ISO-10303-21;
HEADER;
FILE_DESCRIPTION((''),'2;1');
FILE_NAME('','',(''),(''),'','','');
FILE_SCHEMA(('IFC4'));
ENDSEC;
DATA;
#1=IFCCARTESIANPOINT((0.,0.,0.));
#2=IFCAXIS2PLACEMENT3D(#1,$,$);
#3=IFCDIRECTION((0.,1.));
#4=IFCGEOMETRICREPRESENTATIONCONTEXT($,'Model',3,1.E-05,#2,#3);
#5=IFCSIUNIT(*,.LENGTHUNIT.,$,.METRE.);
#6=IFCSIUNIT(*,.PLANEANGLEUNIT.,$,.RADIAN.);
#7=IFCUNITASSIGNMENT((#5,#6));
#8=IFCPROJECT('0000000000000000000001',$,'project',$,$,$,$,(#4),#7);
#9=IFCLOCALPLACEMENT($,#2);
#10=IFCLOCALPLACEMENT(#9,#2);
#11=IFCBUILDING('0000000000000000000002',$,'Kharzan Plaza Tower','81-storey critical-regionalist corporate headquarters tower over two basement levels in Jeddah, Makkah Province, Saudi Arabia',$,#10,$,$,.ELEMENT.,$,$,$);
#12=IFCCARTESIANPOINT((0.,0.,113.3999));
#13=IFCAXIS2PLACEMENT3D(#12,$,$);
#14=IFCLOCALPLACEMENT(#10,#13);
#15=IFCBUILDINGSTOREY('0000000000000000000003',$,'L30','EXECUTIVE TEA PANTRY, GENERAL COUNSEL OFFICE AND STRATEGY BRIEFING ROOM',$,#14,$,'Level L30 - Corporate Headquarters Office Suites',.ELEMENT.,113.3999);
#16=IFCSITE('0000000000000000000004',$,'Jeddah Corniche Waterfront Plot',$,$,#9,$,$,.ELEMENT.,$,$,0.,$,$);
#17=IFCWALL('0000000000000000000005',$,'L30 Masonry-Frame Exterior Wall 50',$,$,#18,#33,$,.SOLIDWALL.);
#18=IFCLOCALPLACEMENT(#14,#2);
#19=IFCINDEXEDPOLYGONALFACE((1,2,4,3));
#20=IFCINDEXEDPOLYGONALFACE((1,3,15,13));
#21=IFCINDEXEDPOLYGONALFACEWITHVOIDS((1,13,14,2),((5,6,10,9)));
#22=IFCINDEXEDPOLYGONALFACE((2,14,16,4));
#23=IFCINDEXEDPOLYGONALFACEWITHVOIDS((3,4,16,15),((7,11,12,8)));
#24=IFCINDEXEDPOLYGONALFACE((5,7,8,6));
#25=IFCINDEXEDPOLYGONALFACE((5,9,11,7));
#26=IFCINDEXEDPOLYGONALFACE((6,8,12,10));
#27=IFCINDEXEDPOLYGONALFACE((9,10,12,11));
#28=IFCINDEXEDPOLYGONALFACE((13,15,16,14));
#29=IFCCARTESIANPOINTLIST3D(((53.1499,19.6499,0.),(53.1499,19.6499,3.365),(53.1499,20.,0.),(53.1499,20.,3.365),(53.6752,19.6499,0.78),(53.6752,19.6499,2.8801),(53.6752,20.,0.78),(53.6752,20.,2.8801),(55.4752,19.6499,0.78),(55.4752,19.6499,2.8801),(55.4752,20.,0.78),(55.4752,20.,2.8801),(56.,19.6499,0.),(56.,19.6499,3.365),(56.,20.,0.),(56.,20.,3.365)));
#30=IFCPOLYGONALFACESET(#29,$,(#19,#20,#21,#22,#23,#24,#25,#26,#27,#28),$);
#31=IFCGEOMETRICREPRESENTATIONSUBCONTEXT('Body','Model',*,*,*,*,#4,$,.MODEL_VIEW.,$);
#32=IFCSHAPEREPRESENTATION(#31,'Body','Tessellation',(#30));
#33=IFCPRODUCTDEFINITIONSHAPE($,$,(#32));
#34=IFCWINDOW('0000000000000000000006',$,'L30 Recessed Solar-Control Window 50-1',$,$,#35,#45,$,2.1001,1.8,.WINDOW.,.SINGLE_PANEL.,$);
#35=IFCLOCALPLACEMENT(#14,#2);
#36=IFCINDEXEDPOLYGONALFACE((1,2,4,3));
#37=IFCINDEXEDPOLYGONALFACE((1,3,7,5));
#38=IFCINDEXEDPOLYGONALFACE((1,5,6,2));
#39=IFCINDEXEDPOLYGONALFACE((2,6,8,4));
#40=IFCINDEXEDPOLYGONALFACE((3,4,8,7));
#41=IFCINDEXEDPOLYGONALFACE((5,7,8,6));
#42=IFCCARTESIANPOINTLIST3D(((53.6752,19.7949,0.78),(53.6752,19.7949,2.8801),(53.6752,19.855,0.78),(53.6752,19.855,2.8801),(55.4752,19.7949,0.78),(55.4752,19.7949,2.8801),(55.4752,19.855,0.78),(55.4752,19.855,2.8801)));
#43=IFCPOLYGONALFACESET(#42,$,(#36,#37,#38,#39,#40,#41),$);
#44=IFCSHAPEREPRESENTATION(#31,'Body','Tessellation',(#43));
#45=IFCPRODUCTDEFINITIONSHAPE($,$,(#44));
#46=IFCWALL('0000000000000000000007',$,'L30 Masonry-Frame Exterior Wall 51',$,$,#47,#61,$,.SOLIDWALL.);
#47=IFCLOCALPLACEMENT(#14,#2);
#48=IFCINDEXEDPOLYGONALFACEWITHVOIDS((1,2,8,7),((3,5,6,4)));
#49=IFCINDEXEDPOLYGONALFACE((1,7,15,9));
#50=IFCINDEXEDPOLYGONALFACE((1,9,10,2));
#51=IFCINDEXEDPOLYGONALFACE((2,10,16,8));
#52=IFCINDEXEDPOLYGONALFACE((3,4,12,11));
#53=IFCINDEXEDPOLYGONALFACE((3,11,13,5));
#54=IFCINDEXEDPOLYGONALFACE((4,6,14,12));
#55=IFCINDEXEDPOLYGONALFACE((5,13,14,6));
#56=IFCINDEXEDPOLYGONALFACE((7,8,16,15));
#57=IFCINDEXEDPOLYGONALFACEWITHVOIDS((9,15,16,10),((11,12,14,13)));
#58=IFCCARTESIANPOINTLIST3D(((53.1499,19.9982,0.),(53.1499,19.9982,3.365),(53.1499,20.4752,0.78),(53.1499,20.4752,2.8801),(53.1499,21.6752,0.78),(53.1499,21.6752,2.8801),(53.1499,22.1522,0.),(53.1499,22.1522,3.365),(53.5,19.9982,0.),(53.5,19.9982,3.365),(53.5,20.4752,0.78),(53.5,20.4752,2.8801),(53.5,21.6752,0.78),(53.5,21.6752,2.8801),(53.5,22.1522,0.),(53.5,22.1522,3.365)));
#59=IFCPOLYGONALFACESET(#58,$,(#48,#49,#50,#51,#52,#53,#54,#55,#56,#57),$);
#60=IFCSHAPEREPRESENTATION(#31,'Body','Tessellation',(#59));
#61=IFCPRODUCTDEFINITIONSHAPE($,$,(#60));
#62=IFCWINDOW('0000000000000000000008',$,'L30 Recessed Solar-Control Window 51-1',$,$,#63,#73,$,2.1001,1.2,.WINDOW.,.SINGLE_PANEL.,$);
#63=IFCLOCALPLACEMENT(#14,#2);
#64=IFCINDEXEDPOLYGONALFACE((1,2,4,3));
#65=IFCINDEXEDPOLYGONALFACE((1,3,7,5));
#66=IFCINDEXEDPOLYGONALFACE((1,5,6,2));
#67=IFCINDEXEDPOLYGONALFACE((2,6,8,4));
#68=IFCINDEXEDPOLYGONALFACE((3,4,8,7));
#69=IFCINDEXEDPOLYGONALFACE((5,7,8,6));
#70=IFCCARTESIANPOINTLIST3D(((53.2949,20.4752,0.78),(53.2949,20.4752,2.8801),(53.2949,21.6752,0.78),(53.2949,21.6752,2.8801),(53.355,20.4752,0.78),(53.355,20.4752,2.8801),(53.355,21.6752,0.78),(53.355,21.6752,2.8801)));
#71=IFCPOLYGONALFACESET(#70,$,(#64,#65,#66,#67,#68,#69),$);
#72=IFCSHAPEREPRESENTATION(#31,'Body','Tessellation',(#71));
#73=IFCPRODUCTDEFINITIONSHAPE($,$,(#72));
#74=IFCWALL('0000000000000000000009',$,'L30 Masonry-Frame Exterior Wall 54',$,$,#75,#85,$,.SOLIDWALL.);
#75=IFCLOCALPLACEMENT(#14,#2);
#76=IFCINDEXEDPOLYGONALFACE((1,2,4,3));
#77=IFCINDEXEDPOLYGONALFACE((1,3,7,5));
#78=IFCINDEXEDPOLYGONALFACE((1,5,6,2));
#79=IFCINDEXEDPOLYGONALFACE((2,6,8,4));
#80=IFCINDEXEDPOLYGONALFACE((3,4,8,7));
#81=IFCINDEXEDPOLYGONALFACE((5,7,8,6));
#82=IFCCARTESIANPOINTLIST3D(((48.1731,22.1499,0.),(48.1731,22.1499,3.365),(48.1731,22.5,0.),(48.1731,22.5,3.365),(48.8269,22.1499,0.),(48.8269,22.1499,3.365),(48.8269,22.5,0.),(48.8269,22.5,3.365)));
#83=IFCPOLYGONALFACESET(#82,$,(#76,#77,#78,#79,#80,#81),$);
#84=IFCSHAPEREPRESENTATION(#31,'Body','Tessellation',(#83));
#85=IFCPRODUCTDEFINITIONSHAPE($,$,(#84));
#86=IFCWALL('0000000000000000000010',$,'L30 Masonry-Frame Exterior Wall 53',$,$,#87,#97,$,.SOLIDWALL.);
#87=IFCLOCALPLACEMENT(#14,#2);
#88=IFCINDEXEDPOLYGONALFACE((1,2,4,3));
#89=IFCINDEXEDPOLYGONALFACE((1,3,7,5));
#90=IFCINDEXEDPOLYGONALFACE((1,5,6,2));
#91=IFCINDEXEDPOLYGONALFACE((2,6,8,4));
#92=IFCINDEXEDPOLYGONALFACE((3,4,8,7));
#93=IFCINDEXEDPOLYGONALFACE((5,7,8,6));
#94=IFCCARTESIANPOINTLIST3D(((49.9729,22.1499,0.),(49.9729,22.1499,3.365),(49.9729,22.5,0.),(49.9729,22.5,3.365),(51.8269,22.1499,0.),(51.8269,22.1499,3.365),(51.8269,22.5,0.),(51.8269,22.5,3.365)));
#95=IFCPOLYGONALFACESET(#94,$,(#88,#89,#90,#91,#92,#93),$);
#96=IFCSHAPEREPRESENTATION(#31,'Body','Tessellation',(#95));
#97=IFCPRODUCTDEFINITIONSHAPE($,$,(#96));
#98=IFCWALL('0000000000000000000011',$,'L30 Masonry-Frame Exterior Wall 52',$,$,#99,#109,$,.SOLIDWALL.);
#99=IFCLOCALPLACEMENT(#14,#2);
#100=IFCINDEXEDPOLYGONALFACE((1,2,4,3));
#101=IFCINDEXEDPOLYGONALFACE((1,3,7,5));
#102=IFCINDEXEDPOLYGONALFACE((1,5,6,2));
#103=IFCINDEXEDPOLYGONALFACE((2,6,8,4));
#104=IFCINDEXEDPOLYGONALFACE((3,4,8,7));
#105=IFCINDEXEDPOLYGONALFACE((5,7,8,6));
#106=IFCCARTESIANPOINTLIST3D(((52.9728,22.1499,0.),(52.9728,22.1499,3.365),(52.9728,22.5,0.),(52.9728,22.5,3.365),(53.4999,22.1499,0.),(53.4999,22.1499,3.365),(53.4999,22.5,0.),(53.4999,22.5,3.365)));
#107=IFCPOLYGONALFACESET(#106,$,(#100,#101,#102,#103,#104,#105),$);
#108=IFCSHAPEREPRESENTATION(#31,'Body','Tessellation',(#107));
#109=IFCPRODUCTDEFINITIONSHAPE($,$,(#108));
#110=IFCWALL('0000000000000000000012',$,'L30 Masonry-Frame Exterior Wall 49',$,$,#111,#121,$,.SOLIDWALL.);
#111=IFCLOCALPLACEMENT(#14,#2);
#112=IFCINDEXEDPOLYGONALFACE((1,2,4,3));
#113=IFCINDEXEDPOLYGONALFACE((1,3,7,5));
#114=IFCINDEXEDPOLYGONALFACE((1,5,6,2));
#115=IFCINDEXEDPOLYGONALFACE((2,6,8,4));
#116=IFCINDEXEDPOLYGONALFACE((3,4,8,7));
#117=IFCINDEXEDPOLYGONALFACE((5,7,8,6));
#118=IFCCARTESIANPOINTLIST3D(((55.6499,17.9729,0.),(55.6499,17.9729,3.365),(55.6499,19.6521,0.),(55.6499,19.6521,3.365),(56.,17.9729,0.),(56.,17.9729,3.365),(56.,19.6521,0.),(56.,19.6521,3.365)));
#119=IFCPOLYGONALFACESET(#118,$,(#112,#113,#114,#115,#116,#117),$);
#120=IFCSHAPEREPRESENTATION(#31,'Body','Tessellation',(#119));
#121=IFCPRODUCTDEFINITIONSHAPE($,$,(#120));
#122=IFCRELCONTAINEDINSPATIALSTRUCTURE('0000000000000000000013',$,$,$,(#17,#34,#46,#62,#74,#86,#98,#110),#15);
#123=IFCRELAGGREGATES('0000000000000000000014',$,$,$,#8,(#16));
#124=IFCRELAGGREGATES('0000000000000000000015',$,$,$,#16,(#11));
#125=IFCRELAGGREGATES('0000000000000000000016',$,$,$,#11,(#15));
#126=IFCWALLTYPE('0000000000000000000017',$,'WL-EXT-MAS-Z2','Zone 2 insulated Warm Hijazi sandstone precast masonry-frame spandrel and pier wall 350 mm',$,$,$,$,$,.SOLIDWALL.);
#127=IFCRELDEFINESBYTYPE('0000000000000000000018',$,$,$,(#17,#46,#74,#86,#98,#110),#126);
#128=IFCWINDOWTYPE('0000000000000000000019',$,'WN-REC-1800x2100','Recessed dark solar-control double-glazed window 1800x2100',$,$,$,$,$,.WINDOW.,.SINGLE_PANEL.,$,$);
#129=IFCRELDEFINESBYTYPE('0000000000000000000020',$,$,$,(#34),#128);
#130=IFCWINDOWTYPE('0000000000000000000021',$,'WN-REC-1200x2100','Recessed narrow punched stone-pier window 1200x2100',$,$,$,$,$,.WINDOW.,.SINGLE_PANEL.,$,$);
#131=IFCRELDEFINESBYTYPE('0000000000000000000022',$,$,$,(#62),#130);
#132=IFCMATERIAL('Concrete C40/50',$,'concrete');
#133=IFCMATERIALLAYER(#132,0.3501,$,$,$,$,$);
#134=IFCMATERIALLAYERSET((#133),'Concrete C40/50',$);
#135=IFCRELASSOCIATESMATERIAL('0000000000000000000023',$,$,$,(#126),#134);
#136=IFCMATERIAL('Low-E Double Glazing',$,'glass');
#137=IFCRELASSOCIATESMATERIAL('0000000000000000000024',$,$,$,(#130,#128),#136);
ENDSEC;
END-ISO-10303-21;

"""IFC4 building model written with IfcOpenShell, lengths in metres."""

from ifc_helpers import new_model, si_unit, direction, frame, frame_2d, origin, place, context, subcontext, project, spatial, rectangle, extrude, source, transform, mapped, material, layer, layer_set, type_object, element, fill, save


model = new_model("IFC4")

# Units and contexts
model_context = context("Model", 3, precision=1e-05, world=origin(), true_north=direction((0.0, 1.0)))
body_context = subcontext(model_context, "Body", "Model", "MODEL_VIEW")
ifc_project = project(units=[si_unit("LENGTHUNIT", "METRE"), si_unit("PLANEANGLEUNIT", "RADIAN")], contexts=[model_context])

# Site, building, storey
site_placement = place(None, origin())
site = spatial("IfcSite", under=ifc_project, at=site_placement, Name="Jeddah Corniche Waterfront Plot", CompositionType="ELEMENT", RefElevation=0.0)
building_placement = place(site_placement, origin())
building = spatial("IfcBuilding", under=site, at=building_placement, Name="Kharzan Plaza Tower", Description="81-storey critical-regionalist corporate headquarters tower over two basement levels in Jeddah, Makkah Province, Saudi Arabia", CompositionType="ELEMENT")
storey_placement = place(building_placement, frame((0.0, 0.0, 113.3999)))
storey = spatial("IfcBuildingStorey", under=building, at=storey_placement, Name="L30", Description="EXECUTIVE TEA PANTRY, GENERAL COUNSEL OFFICE AND STRATEGY BRIEFING ROOM", LongName="Level L30 - Corporate Headquarters Office Suites", CompositionType="ELEMENT", Elevation=113.3999)

# Walls, openings, windows
ifc_material_1 = material(Name="Concrete C40/50", Category="concrete")
ifc_layer = layer(ifc_material_1, 0.3501)
ifc_layer_set = layer_set([ifc_layer], Name="Concrete C40/50")
wall_type = type_object("IfcWallType", Name="WL-EXT-MAS-Z2", Description="Zone 2 insulated Warm Hijazi sandstone precast masonry-frame spandrel and pier wall 350 mm", PredefinedType="SOLIDWALL", material=ifc_layer_set)
ifc_material_2 = material(Name="Low-E Double Glazing", Category="glass")
window_type_1 = type_object("IfcWindowType", Name="WN-REC-1200x2100", Description="Recessed narrow punched stone-pier window 1200x2100", PartitioningType="SINGLE_PANEL", PredefinedType="WINDOW", material=ifc_material_2)
shared_shape_1 = source(origin(), body_context, "Body", "SweptSolid", [
    extrude(rectangle(XDim=1.2, YDim=2.1001, at=frame_2d((0.6001, 1.05))), frame((0.0, 0.03, 0.0), z_axis=(0.0, -1.0, 0.0), x_axis=(1.0, 0.0, 0.0)), (0.0, 0.0, 1.0), 0.0601),
])
wall_1_placement = place(storey_placement, frame((56.0, 19.825, 0.0), z_axis=(0.0, 0.0, 1.0), x_axis=(-1.0, 0.0, 0.0)))
wall_1 = element("IfcWall", 1, at=wall_1_placement, inside=storey, type_object=wall_type, Name="L30 Masonry-Frame Exterior Wall 50", PredefinedType="SOLIDWALL", context=body_context, shape_type="SweptSolid", body=[
    extrude(rectangle(XDim=2.8501, YDim=0.3501, at=frame_2d((1.425, 0.0))), origin(), (0.0, 0.0, 1.0), 3.365),
])
opening_1_placement = place(wall_1_placement, frame((0.5249, 0.0, 0.78)))
opening_1 = element("IfcOpeningElement", 2, at=opening_1_placement, cuts=wall_1, PredefinedType="OPENING", context=body_context, shape_type="SweptSolid", body=[
    extrude(rectangle(XDim=1.8, YDim=2.1001, at=frame_2d((0.8999, 1.05))), frame((0.0, 0.1851, 0.0), z_axis=(0.0, -1.0, 0.0), x_axis=(1.0, 0.0, 0.0)), (0.0, 0.0, 1.0), 0.3701),
])
window_type_2 = type_object("IfcWindowType", Name="WN-REC-1800x2100", Description="Recessed dark solar-control double-glazed window 1800x2100", PartitioningType="SINGLE_PANEL", PredefinedType="WINDOW", material=ifc_material_2)
shared_shape_2 = source(origin(), body_context, "Body", "SweptSolid", [
    extrude(rectangle(XDim=1.8, YDim=2.1001, at=frame_2d((0.8999, 1.05))), frame((0.0, 0.03, 0.0), z_axis=(0.0, -1.0, 0.0), x_axis=(1.0, 0.0, 0.0)), (0.0, 0.0, 1.0), 0.0601),
])
window_1_placement = place(opening_1_placement, origin())
window_1 = element("IfcWindow", 3, at=window_1_placement, inside=storey, type_object=window_type_2, Name="L30 Recessed Solar-Control Window 50-1", OverallHeight=2.1001, OverallWidth=1.8, PartitioningType="SINGLE_PANEL", PredefinedType="WINDOW", context=body_context, shape_type="MappedRepresentation", body=[
    mapped(shared_shape_2, transform((0.0, 0.0, 0.0), x_axis=(1.0, 0.0, 0.0), y_axis=(0.0, 1.0, 0.0), z_axis=(0.0, 0.0, 1.0))),
])
fill(opening_1, window_1)
wall_2_placement = place(storey_placement, frame((53.325, 19.998, 0.0), z_axis=(0.0, 0.0, 1.0), x_axis=(0.0, 1.0, 0.0)))
wall_2 = element("IfcWall", 4, at=wall_2_placement, inside=storey, type_object=wall_type, Name="L30 Masonry-Frame Exterior Wall 51", PredefinedType="SOLIDWALL", context=body_context, shape_type="SweptSolid", body=[
    extrude(rectangle(XDim=2.1541, YDim=0.3501, at=frame_2d((1.0771, 0.0))), origin(), (0.0, 0.0, 1.0), 3.365),
])
opening_2_placement = place(wall_2_placement, frame((0.4771, 0.0, 0.78)))
opening_2 = element("IfcOpeningElement", 5, at=opening_2_placement, cuts=wall_2, PredefinedType="OPENING", context=body_context, shape_type="SweptSolid", body=[
    extrude(rectangle(XDim=1.2, YDim=2.1001, at=frame_2d((0.6001, 1.05))), frame((0.0, 0.1851, 0.0), z_axis=(0.0, -1.0, 0.0), x_axis=(1.0, 0.0, 0.0)), (0.0, 0.0, 1.0), 0.3701),
])
window_2_placement = place(opening_2_placement, origin())
window_2 = element("IfcWindow", 6, at=window_2_placement, inside=storey, type_object=window_type_1, Name="L30 Recessed Solar-Control Window 51-1", OverallHeight=2.1001, OverallWidth=1.2, PartitioningType="SINGLE_PANEL", PredefinedType="WINDOW", context=body_context, shape_type="MappedRepresentation", body=[
    mapped(shared_shape_1, transform((0.0, 0.0, 0.0), x_axis=(1.0, 0.0, 0.0), y_axis=(0.0, 1.0, 0.0), z_axis=(0.0, 0.0, 1.0))),
])
fill(opening_2, window_2)

# Walls
shared_shape_3 = source(origin(), body_context, "Body", "SweptSolid", [
    extrude(rectangle(XDim=0.6538, YDim=0.3501, at=frame_2d((0.3269, 0.0))), origin(), (0.0, 0.0, 1.0), 3.365),
])
wall_3_placement = place(storey_placement, frame((48.8269, 22.325, 0.0), z_axis=(0.0, 0.0, 1.0), x_axis=(-1.0, 0.0, 0.0)))
element("IfcWall", 7, at=wall_3_placement, inside=storey, type_object=wall_type, Name="L30 Masonry-Frame Exterior Wall 54", PredefinedType="SOLIDWALL", context=body_context, shape_type="MappedRepresentation", body=[
    mapped(shared_shape_3, transform((0.0, 0.0, 0.0), x_axis=(1.0, 0.0, 0.0), y_axis=(0.0, 1.0, 0.0), z_axis=(0.0, 0.0, 1.0))),
])
shared_shape_4 = source(origin(), body_context, "Body", "SweptSolid", [
    extrude(rectangle(XDim=1.854, YDim=0.3501, at=frame_2d((0.927, 0.0))), origin(), (0.0, 0.0, 1.0), 3.365),
])
wall_4_placement = place(storey_placement, frame((51.8269, 22.325, 0.0), z_axis=(0.0, 0.0, 1.0), x_axis=(-1.0, 0.0, 0.0)))
element("IfcWall", 8, at=wall_4_placement, inside=storey, type_object=wall_type, Name="L30 Masonry-Frame Exterior Wall 53", PredefinedType="SOLIDWALL", context=body_context, shape_type="MappedRepresentation", body=[
    mapped(shared_shape_4, transform((0.0, 0.0, 0.0), x_axis=(1.0, 0.0, 0.0), y_axis=(0.0, 1.0, 0.0), z_axis=(0.0, 0.0, 1.0))),
])
shared_shape_5 = source(origin(), body_context, "Body", "SweptSolid", [
    extrude(rectangle(XDim=0.5271, YDim=0.3501, at=frame_2d((0.2637, 0.0))), origin(), (0.0, 0.0, 1.0), 3.365),
])
wall_5_placement = place(storey_placement, frame((53.5, 22.325, 0.0), z_axis=(0.0, 0.0, 1.0), x_axis=(-1.0, 0.0, 0.0)))
element("IfcWall", 9, at=wall_5_placement, inside=storey, type_object=wall_type, Name="L30 Masonry-Frame Exterior Wall 52", PredefinedType="SOLIDWALL", context=body_context, shape_type="MappedRepresentation", body=[
    mapped(shared_shape_5, transform((0.0, 0.0, 0.0), x_axis=(1.0, 0.0, 0.0), y_axis=(0.0, 1.0, 0.0), z_axis=(0.0, 0.0, 1.0))),
])
shared_shape_6 = source(origin(), body_context, "Body", "SweptSolid", [
    extrude(rectangle(XDim=1.6792, YDim=0.3501, at=frame_2d((0.8396, 0.0))), origin(), (0.0, 0.0, 1.0), 3.365),
])
wall_6_placement = place(storey_placement, frame((55.825, 17.9729, 0.0), z_axis=(0.0, 0.0, 1.0), x_axis=(0.0, 1.0, 0.0)))
element("IfcWall", 10, at=wall_6_placement, inside=storey, type_object=wall_type, Name="L30 Masonry-Frame Exterior Wall 49", PredefinedType="SOLIDWALL", context=body_context, shape_type="MappedRepresentation", body=[
    mapped(shared_shape_6, transform((0.0, 0.0, 0.0), x_axis=(1.0, 0.0, 0.0), y_axis=(0.0, 1.0, 0.0), z_axis=(0.0, 0.0, 1.0))),
])

save(model, "model.ifc")
